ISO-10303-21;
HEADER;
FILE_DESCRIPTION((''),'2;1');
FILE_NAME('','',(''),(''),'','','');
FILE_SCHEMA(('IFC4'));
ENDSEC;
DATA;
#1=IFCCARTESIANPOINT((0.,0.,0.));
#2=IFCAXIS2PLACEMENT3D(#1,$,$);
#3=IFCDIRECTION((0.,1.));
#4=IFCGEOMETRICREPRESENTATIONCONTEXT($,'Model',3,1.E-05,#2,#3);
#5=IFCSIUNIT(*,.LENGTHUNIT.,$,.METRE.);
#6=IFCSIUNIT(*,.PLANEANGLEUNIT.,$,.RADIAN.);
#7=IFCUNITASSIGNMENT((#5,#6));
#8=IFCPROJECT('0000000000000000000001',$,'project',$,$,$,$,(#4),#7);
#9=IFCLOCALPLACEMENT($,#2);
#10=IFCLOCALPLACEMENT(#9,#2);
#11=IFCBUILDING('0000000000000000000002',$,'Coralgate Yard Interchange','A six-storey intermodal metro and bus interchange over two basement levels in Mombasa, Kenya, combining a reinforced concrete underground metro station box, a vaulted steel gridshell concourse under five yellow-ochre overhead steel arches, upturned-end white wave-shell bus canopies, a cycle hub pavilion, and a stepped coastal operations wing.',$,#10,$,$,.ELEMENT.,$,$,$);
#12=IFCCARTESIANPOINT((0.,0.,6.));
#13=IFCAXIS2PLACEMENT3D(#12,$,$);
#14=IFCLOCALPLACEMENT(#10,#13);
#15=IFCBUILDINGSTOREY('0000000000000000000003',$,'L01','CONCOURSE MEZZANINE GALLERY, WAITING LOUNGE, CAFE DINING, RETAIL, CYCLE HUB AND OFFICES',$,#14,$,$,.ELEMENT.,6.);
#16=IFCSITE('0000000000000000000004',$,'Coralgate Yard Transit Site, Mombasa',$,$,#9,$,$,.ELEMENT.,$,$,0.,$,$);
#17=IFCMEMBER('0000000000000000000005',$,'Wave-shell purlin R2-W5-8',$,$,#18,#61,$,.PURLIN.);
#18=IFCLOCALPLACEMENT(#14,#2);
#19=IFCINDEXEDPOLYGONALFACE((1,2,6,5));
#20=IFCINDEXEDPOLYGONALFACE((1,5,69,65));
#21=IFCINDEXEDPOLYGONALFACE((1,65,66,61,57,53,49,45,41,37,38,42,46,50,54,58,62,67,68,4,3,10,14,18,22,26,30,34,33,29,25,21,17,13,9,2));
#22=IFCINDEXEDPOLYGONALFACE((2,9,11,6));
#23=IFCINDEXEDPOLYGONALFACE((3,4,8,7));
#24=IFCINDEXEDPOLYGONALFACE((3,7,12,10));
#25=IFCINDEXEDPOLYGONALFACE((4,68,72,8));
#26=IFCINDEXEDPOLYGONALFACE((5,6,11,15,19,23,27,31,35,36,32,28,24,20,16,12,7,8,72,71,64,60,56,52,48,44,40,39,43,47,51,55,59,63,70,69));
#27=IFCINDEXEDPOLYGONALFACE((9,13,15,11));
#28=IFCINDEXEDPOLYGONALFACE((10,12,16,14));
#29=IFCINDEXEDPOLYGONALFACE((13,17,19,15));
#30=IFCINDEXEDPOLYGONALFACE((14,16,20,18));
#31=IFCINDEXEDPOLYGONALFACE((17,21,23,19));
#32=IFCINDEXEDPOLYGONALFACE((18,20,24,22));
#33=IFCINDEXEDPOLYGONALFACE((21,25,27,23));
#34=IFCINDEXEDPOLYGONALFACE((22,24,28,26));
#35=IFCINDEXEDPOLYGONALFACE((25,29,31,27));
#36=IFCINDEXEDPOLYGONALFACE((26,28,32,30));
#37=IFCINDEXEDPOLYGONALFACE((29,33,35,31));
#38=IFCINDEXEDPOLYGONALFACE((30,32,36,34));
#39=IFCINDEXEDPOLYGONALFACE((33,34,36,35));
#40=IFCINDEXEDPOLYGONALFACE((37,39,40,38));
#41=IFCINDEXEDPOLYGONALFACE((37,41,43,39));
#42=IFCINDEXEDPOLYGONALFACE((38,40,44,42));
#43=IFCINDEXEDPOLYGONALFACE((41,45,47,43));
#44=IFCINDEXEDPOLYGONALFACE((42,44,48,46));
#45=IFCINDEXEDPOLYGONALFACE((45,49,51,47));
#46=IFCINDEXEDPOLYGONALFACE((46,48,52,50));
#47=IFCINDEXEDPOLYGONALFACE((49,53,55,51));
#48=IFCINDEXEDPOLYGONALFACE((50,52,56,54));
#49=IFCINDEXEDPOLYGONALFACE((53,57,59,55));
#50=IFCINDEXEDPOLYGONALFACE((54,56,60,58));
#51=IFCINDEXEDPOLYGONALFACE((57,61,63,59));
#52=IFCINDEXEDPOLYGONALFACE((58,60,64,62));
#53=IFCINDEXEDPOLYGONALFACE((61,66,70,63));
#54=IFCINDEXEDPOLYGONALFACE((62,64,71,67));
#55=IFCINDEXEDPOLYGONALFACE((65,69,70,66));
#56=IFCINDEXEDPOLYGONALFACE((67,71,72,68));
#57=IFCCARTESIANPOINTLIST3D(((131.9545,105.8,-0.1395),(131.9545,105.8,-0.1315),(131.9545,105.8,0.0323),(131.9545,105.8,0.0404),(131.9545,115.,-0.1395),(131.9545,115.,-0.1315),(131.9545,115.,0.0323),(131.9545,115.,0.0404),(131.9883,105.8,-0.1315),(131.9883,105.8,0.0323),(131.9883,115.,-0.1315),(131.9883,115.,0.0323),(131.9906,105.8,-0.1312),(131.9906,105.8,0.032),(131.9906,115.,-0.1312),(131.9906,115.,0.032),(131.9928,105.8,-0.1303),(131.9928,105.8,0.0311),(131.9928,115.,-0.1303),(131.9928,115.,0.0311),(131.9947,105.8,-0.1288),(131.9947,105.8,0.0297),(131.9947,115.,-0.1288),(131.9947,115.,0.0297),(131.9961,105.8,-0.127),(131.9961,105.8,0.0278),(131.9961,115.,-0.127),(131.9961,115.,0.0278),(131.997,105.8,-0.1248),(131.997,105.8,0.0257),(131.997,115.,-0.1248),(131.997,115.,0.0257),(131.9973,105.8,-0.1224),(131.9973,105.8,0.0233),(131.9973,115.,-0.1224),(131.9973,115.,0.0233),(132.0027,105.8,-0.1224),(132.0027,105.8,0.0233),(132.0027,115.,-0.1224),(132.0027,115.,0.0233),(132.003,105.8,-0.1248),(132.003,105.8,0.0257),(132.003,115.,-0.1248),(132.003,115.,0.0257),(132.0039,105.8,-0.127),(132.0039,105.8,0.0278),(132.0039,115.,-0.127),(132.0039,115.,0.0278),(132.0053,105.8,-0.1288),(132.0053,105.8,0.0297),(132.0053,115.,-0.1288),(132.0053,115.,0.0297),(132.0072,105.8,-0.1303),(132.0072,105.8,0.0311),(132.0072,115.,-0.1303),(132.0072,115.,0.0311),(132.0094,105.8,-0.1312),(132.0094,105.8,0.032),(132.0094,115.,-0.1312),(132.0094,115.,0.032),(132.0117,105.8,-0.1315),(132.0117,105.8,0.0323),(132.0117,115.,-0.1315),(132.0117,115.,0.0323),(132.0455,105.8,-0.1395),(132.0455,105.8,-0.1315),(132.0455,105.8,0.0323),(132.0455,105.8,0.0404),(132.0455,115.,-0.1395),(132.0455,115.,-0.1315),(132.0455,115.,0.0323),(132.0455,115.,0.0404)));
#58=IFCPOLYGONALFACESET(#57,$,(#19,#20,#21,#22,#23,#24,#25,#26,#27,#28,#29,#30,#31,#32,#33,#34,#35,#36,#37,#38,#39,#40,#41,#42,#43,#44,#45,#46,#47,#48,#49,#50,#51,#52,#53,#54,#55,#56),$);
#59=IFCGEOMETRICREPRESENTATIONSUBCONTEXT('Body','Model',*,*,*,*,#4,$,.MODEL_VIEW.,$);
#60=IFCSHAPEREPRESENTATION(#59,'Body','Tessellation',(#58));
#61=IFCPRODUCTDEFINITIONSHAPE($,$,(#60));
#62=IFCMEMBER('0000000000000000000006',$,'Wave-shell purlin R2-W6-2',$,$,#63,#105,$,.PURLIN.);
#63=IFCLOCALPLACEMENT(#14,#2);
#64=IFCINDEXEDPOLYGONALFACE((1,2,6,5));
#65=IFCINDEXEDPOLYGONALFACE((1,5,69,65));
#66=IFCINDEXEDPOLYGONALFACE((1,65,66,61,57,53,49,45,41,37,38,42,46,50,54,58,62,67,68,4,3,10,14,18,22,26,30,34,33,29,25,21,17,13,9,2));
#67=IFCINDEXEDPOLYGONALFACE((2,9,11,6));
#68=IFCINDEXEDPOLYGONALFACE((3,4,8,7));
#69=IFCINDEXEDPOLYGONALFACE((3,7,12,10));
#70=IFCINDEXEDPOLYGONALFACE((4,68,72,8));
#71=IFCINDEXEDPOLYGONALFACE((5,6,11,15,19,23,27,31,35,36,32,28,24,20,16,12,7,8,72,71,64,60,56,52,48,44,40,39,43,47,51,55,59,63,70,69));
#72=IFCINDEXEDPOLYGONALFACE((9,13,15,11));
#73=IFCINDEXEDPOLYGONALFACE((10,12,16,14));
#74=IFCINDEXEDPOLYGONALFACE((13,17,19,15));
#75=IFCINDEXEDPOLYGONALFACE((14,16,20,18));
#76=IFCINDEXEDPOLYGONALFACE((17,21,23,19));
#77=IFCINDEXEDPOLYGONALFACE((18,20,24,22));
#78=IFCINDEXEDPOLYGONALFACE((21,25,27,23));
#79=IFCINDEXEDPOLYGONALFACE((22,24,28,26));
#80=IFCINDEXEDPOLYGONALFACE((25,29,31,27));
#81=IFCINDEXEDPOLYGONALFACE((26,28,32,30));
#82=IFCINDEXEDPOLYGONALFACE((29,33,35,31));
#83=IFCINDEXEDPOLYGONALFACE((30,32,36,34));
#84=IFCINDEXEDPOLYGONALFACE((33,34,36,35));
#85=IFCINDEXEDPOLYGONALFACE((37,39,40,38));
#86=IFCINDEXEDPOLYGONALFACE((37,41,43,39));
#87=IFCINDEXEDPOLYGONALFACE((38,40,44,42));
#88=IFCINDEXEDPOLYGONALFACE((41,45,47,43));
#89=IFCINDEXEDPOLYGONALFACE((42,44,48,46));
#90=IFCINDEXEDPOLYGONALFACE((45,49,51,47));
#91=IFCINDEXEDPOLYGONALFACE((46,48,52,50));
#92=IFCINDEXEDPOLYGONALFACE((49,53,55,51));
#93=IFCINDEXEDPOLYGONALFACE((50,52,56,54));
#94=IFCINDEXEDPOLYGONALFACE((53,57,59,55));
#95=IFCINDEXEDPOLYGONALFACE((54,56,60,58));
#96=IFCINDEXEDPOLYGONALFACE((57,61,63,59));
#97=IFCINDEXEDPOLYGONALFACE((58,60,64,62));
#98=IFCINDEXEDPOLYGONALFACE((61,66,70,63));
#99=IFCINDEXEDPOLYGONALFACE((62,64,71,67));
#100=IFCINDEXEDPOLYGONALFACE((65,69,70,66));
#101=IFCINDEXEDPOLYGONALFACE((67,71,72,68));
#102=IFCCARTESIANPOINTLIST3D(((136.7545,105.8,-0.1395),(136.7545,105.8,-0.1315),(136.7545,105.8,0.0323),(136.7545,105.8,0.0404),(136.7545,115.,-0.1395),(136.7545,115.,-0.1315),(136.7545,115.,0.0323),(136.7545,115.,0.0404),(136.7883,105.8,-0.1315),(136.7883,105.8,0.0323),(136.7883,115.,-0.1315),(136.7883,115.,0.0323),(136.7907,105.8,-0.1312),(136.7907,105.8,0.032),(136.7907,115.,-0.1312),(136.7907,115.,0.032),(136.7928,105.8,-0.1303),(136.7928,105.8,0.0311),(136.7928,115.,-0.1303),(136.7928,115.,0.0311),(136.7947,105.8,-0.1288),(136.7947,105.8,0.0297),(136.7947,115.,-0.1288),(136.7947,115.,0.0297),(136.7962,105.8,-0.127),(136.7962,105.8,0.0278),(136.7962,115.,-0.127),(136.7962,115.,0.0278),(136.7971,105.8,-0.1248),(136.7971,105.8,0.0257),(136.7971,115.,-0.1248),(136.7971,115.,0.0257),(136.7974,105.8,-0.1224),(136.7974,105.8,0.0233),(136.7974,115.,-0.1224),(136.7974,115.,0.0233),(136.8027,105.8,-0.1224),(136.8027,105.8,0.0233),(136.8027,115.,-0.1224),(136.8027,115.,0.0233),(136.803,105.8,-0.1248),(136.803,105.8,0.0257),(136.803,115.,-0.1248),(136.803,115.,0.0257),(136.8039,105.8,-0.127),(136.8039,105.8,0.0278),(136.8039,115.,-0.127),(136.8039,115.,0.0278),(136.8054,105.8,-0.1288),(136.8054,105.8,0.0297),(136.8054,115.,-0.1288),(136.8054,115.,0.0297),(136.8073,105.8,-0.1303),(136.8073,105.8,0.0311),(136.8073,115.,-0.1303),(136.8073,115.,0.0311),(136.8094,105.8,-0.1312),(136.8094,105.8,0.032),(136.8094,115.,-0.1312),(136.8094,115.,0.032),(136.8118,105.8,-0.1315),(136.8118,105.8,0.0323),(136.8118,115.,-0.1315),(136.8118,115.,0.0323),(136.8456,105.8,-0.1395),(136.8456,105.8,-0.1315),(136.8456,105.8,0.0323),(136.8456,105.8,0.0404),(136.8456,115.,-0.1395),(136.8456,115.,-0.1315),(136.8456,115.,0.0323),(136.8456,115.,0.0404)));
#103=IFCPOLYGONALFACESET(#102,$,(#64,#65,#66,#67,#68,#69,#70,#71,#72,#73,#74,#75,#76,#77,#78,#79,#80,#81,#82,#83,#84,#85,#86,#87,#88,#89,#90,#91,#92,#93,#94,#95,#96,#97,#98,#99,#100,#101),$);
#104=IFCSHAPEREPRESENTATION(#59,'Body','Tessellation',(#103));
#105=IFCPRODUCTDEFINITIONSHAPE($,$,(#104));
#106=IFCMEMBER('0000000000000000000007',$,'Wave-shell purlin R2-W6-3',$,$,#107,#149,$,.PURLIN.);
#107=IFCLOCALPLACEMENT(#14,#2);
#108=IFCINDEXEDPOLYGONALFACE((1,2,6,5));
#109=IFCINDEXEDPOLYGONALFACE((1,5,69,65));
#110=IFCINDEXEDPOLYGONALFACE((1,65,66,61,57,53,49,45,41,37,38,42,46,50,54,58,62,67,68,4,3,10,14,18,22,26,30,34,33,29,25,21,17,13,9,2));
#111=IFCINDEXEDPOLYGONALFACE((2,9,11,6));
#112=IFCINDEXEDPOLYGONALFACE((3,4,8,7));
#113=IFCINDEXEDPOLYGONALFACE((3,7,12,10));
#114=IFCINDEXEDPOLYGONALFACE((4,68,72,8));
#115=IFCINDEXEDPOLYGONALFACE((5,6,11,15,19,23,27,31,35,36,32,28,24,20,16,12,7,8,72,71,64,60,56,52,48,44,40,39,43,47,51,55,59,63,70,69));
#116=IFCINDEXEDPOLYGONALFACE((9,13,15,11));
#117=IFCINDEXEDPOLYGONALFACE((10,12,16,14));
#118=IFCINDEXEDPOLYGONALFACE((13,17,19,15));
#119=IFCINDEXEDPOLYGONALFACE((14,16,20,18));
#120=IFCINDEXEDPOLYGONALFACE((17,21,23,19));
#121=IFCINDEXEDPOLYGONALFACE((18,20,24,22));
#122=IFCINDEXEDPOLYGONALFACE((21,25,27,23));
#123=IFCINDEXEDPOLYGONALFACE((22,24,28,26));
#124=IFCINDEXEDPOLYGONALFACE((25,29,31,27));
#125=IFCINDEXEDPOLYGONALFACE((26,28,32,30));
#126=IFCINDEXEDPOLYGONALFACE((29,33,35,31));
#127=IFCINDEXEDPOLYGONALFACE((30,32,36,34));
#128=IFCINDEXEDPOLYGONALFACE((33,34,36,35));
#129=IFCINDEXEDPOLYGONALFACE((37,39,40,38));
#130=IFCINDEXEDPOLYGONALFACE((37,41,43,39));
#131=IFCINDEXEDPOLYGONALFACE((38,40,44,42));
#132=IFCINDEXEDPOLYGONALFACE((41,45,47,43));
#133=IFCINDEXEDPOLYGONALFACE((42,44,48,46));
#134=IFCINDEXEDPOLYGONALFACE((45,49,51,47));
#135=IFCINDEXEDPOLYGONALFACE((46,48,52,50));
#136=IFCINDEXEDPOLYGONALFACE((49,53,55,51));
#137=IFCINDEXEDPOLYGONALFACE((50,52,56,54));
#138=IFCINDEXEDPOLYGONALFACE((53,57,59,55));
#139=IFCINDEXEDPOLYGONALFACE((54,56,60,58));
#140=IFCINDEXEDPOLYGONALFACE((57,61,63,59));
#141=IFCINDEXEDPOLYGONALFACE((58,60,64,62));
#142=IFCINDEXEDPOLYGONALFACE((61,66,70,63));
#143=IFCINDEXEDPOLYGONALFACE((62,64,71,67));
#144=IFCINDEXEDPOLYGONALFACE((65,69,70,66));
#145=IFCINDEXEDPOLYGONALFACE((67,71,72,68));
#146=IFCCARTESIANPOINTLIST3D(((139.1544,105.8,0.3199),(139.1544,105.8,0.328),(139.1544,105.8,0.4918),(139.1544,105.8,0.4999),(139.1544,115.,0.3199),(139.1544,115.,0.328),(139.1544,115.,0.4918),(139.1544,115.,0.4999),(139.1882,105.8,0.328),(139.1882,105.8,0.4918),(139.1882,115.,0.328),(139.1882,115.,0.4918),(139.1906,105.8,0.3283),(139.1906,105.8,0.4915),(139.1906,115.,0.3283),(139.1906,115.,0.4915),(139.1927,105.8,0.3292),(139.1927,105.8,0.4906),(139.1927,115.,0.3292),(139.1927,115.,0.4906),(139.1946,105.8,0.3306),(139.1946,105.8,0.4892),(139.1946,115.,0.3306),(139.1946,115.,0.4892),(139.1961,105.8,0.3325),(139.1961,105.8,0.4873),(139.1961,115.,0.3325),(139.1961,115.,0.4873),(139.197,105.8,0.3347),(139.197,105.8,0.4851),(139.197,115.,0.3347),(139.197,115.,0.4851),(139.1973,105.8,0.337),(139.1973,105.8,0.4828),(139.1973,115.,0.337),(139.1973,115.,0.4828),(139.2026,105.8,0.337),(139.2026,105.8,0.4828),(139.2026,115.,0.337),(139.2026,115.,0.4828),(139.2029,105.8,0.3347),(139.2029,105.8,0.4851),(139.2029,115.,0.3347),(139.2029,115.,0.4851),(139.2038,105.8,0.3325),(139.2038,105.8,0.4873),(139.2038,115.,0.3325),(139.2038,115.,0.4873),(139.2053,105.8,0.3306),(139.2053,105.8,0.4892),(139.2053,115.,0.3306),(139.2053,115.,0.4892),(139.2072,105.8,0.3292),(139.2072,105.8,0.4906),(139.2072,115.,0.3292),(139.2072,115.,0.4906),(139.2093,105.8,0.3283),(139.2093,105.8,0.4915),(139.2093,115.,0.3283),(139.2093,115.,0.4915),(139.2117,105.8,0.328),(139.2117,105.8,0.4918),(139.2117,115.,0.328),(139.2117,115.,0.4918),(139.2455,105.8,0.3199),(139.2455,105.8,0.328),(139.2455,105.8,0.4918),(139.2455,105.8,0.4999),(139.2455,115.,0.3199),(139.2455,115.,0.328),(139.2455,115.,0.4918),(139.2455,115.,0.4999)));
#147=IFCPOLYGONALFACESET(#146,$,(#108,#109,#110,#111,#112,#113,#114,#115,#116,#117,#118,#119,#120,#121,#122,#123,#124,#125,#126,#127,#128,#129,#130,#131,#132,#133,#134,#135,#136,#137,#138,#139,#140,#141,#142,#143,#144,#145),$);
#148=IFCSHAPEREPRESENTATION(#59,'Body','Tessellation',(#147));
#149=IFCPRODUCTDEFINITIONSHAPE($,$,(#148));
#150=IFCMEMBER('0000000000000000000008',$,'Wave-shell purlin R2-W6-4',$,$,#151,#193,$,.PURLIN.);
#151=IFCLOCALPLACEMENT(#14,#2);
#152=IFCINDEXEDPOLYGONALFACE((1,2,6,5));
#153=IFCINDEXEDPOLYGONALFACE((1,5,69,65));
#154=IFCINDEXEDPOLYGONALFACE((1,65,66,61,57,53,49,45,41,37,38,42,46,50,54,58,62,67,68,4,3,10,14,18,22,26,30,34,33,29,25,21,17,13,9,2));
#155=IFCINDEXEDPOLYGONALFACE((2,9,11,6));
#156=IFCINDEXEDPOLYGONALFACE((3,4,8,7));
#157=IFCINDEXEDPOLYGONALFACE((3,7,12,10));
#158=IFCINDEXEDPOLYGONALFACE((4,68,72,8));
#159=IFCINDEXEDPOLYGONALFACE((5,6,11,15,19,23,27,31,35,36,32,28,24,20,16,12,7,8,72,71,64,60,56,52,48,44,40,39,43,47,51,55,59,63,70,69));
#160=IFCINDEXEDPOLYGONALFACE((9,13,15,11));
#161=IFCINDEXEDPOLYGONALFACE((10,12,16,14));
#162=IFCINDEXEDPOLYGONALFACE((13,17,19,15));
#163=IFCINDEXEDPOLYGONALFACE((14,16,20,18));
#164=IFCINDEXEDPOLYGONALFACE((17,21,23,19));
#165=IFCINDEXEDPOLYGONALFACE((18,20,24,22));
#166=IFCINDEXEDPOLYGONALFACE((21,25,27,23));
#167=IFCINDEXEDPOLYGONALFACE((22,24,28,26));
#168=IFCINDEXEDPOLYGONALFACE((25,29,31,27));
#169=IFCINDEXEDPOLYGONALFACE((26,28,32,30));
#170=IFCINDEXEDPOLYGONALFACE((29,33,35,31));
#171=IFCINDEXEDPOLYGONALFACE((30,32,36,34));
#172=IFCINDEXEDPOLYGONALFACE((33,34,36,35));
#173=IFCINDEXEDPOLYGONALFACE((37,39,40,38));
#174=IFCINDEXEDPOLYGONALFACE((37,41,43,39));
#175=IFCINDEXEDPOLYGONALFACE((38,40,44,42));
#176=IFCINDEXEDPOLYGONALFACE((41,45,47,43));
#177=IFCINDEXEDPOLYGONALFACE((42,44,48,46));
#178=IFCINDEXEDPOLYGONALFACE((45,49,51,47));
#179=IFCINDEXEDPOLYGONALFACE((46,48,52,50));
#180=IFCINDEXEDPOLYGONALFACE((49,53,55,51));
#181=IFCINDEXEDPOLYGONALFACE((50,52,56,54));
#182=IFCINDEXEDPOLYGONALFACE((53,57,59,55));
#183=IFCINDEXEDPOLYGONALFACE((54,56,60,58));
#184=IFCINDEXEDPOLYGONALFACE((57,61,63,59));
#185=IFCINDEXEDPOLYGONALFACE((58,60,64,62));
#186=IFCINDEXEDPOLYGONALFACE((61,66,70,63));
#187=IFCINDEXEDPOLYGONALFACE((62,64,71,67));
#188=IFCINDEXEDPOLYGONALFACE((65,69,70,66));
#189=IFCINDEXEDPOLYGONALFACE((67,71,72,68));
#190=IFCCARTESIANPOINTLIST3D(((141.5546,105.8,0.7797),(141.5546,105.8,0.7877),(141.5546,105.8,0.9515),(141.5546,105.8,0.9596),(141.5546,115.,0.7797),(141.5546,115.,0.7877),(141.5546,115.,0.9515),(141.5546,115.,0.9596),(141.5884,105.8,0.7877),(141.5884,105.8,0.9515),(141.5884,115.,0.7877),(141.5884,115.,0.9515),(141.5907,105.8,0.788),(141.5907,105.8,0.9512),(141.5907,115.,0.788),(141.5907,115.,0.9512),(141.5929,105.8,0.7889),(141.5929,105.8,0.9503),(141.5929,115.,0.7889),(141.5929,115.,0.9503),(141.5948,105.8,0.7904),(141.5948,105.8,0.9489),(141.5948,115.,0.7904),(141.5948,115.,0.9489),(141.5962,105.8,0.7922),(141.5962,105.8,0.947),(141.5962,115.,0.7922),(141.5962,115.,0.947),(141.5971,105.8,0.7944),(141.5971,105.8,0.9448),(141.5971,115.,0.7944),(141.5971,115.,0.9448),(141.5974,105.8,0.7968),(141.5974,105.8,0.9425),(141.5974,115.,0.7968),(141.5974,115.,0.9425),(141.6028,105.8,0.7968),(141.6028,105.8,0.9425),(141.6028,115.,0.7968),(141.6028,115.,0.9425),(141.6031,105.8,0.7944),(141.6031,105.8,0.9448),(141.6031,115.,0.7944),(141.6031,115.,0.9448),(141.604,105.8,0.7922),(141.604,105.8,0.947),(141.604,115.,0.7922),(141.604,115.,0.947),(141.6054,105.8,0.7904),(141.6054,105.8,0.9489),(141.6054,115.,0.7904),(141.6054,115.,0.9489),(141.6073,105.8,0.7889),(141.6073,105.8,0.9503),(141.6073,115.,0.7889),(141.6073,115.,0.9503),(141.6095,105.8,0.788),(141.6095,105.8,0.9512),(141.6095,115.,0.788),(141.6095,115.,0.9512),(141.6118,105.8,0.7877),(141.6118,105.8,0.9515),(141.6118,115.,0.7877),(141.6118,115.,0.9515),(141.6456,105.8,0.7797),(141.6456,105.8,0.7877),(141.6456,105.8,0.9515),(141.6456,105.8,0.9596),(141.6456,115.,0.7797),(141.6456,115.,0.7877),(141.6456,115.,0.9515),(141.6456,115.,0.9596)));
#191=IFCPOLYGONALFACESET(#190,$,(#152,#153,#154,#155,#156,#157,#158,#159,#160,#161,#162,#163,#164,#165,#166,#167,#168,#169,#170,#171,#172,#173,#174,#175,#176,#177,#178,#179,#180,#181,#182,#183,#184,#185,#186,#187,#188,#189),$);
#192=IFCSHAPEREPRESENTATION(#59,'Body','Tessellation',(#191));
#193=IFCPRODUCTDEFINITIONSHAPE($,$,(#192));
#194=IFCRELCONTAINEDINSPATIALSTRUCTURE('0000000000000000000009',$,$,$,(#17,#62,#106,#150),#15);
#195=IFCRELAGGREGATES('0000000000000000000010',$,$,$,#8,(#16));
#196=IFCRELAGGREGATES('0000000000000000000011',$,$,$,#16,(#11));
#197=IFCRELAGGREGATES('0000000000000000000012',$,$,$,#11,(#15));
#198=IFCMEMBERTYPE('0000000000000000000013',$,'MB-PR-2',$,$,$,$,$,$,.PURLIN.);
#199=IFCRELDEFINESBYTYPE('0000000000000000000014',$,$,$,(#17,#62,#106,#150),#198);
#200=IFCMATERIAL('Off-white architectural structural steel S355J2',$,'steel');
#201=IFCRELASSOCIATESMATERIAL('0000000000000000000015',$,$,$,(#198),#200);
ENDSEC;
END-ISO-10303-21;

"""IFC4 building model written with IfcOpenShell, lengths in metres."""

from ifc_helpers import new_model, si_unit, direction, frame, origin, origin_2d, place, context, subcontext, project, spatial, i_section, extrude, material, material_profile, profile_set, type_object, element, save


model = new_model("IFC4")

# Units and contexts
model_context = context("Model", 3, precision=1e-05, world=origin(), true_north=direction((0.0, 1.0)))
body_context = subcontext(model_context, "Body", "Model", "MODEL_VIEW")
ifc_project = project(units=[si_unit("LENGTHUNIT", "METRE"), si_unit("PLANEANGLEUNIT", "RADIAN")], contexts=[model_context])

# Site, building, storey
site_placement = place(None, origin())
site = spatial("IfcSite", under=ifc_project, at=site_placement, Name="Coralgate Yard Transit Site, Mombasa", CompositionType="ELEMENT", RefElevation=0.0)
building_placement = place(site_placement, origin())
building = spatial("IfcBuilding", under=site, at=building_placement, Name="Coralgate Yard Interchange", Description="A six-storey intermodal metro and bus interchange over two basement levels in Mombasa, Kenya, combining a reinforced concrete underground metro station box, a vaulted steel gridshell concourse under five yellow-ochre overhead steel arches, upturned-end white wave-shell bus canopies, a cycle hub pavilion, and a stepped coastal operations wing.", CompositionType="ELEMENT")
storey_placement = place(building_placement, frame((0.0, 0.0, 6.0)))
storey = spatial("IfcBuildingStorey", under=building, at=storey_placement, Name="L01", Description="CONCOURSE MEZZANINE GALLERY, WAITING LOUNGE, CAFE DINING, RETAIL, CYCLE HUB AND OFFICES", CompositionType="ELEMENT", Elevation=6.0)

# Shared definitions
ifc_material_1 = material(Name="Off-white architectural structural steel S355J2", Category="steel")

# Members
ifc_material_profile_1 = material_profile(ifc_material_1, i_section(OverallWidth=0.0911, OverallDepth=0.1799, WebThickness=0.0054, FlangeThickness=0.0081, FilletRadius=0.009, at=origin_2d()), Name="IPE 180")
ifc_profile_set_1 = profile_set([ifc_material_profile_1], Name="Off-white architectural structural steel S355J2")
member_type_1 = type_object("IfcMemberType", Name="MB-PR-2", PredefinedType="PURLIN", material=ifc_profile_set_1)
for number, where, z_axis, x_axis, name in (
    (1, (132.0, 105.8, -0.0496), (0.0, 1.0, 0.0), (-1.0, 0.0, 0.0), "Wave-shell purlin R2-W5-8"),
    (2, (136.8, 105.8, -0.0496), (0.0, 1.0, 0.0), (-1.0, 0.0, 0.0), "Wave-shell purlin R2-W6-2"),
    (3, (139.2, 105.8, 0.4099), (0.0, 1.0, 0.0), (-1.0, 0.0, 0.0), "Wave-shell purlin R2-W6-3"),
    (4, (141.6001, 105.8, 0.8696), (0.0, 1.0, 0.0), (-1.0, 0.0, 0.0), "Wave-shell purlin R2-W6-4"),
):
    element("IfcMember", number, at=place(storey_placement, frame(where, z_axis=z_axis, x_axis=x_axis)), inside=storey, type_object=member_type_1, Name=name, PredefinedType="PURLIN", context=body_context, shape_type="SweptSolid", body=[
        extrude(i_section(OverallWidth=0.0911, OverallDepth=0.1799, WebThickness=0.0054, FlangeThickness=0.0081, FilletRadius=0.009, at=origin_2d()), origin(), (0.0, 0.0, 1.0), 9.2),
    ])

save(model, "model.ifc")
